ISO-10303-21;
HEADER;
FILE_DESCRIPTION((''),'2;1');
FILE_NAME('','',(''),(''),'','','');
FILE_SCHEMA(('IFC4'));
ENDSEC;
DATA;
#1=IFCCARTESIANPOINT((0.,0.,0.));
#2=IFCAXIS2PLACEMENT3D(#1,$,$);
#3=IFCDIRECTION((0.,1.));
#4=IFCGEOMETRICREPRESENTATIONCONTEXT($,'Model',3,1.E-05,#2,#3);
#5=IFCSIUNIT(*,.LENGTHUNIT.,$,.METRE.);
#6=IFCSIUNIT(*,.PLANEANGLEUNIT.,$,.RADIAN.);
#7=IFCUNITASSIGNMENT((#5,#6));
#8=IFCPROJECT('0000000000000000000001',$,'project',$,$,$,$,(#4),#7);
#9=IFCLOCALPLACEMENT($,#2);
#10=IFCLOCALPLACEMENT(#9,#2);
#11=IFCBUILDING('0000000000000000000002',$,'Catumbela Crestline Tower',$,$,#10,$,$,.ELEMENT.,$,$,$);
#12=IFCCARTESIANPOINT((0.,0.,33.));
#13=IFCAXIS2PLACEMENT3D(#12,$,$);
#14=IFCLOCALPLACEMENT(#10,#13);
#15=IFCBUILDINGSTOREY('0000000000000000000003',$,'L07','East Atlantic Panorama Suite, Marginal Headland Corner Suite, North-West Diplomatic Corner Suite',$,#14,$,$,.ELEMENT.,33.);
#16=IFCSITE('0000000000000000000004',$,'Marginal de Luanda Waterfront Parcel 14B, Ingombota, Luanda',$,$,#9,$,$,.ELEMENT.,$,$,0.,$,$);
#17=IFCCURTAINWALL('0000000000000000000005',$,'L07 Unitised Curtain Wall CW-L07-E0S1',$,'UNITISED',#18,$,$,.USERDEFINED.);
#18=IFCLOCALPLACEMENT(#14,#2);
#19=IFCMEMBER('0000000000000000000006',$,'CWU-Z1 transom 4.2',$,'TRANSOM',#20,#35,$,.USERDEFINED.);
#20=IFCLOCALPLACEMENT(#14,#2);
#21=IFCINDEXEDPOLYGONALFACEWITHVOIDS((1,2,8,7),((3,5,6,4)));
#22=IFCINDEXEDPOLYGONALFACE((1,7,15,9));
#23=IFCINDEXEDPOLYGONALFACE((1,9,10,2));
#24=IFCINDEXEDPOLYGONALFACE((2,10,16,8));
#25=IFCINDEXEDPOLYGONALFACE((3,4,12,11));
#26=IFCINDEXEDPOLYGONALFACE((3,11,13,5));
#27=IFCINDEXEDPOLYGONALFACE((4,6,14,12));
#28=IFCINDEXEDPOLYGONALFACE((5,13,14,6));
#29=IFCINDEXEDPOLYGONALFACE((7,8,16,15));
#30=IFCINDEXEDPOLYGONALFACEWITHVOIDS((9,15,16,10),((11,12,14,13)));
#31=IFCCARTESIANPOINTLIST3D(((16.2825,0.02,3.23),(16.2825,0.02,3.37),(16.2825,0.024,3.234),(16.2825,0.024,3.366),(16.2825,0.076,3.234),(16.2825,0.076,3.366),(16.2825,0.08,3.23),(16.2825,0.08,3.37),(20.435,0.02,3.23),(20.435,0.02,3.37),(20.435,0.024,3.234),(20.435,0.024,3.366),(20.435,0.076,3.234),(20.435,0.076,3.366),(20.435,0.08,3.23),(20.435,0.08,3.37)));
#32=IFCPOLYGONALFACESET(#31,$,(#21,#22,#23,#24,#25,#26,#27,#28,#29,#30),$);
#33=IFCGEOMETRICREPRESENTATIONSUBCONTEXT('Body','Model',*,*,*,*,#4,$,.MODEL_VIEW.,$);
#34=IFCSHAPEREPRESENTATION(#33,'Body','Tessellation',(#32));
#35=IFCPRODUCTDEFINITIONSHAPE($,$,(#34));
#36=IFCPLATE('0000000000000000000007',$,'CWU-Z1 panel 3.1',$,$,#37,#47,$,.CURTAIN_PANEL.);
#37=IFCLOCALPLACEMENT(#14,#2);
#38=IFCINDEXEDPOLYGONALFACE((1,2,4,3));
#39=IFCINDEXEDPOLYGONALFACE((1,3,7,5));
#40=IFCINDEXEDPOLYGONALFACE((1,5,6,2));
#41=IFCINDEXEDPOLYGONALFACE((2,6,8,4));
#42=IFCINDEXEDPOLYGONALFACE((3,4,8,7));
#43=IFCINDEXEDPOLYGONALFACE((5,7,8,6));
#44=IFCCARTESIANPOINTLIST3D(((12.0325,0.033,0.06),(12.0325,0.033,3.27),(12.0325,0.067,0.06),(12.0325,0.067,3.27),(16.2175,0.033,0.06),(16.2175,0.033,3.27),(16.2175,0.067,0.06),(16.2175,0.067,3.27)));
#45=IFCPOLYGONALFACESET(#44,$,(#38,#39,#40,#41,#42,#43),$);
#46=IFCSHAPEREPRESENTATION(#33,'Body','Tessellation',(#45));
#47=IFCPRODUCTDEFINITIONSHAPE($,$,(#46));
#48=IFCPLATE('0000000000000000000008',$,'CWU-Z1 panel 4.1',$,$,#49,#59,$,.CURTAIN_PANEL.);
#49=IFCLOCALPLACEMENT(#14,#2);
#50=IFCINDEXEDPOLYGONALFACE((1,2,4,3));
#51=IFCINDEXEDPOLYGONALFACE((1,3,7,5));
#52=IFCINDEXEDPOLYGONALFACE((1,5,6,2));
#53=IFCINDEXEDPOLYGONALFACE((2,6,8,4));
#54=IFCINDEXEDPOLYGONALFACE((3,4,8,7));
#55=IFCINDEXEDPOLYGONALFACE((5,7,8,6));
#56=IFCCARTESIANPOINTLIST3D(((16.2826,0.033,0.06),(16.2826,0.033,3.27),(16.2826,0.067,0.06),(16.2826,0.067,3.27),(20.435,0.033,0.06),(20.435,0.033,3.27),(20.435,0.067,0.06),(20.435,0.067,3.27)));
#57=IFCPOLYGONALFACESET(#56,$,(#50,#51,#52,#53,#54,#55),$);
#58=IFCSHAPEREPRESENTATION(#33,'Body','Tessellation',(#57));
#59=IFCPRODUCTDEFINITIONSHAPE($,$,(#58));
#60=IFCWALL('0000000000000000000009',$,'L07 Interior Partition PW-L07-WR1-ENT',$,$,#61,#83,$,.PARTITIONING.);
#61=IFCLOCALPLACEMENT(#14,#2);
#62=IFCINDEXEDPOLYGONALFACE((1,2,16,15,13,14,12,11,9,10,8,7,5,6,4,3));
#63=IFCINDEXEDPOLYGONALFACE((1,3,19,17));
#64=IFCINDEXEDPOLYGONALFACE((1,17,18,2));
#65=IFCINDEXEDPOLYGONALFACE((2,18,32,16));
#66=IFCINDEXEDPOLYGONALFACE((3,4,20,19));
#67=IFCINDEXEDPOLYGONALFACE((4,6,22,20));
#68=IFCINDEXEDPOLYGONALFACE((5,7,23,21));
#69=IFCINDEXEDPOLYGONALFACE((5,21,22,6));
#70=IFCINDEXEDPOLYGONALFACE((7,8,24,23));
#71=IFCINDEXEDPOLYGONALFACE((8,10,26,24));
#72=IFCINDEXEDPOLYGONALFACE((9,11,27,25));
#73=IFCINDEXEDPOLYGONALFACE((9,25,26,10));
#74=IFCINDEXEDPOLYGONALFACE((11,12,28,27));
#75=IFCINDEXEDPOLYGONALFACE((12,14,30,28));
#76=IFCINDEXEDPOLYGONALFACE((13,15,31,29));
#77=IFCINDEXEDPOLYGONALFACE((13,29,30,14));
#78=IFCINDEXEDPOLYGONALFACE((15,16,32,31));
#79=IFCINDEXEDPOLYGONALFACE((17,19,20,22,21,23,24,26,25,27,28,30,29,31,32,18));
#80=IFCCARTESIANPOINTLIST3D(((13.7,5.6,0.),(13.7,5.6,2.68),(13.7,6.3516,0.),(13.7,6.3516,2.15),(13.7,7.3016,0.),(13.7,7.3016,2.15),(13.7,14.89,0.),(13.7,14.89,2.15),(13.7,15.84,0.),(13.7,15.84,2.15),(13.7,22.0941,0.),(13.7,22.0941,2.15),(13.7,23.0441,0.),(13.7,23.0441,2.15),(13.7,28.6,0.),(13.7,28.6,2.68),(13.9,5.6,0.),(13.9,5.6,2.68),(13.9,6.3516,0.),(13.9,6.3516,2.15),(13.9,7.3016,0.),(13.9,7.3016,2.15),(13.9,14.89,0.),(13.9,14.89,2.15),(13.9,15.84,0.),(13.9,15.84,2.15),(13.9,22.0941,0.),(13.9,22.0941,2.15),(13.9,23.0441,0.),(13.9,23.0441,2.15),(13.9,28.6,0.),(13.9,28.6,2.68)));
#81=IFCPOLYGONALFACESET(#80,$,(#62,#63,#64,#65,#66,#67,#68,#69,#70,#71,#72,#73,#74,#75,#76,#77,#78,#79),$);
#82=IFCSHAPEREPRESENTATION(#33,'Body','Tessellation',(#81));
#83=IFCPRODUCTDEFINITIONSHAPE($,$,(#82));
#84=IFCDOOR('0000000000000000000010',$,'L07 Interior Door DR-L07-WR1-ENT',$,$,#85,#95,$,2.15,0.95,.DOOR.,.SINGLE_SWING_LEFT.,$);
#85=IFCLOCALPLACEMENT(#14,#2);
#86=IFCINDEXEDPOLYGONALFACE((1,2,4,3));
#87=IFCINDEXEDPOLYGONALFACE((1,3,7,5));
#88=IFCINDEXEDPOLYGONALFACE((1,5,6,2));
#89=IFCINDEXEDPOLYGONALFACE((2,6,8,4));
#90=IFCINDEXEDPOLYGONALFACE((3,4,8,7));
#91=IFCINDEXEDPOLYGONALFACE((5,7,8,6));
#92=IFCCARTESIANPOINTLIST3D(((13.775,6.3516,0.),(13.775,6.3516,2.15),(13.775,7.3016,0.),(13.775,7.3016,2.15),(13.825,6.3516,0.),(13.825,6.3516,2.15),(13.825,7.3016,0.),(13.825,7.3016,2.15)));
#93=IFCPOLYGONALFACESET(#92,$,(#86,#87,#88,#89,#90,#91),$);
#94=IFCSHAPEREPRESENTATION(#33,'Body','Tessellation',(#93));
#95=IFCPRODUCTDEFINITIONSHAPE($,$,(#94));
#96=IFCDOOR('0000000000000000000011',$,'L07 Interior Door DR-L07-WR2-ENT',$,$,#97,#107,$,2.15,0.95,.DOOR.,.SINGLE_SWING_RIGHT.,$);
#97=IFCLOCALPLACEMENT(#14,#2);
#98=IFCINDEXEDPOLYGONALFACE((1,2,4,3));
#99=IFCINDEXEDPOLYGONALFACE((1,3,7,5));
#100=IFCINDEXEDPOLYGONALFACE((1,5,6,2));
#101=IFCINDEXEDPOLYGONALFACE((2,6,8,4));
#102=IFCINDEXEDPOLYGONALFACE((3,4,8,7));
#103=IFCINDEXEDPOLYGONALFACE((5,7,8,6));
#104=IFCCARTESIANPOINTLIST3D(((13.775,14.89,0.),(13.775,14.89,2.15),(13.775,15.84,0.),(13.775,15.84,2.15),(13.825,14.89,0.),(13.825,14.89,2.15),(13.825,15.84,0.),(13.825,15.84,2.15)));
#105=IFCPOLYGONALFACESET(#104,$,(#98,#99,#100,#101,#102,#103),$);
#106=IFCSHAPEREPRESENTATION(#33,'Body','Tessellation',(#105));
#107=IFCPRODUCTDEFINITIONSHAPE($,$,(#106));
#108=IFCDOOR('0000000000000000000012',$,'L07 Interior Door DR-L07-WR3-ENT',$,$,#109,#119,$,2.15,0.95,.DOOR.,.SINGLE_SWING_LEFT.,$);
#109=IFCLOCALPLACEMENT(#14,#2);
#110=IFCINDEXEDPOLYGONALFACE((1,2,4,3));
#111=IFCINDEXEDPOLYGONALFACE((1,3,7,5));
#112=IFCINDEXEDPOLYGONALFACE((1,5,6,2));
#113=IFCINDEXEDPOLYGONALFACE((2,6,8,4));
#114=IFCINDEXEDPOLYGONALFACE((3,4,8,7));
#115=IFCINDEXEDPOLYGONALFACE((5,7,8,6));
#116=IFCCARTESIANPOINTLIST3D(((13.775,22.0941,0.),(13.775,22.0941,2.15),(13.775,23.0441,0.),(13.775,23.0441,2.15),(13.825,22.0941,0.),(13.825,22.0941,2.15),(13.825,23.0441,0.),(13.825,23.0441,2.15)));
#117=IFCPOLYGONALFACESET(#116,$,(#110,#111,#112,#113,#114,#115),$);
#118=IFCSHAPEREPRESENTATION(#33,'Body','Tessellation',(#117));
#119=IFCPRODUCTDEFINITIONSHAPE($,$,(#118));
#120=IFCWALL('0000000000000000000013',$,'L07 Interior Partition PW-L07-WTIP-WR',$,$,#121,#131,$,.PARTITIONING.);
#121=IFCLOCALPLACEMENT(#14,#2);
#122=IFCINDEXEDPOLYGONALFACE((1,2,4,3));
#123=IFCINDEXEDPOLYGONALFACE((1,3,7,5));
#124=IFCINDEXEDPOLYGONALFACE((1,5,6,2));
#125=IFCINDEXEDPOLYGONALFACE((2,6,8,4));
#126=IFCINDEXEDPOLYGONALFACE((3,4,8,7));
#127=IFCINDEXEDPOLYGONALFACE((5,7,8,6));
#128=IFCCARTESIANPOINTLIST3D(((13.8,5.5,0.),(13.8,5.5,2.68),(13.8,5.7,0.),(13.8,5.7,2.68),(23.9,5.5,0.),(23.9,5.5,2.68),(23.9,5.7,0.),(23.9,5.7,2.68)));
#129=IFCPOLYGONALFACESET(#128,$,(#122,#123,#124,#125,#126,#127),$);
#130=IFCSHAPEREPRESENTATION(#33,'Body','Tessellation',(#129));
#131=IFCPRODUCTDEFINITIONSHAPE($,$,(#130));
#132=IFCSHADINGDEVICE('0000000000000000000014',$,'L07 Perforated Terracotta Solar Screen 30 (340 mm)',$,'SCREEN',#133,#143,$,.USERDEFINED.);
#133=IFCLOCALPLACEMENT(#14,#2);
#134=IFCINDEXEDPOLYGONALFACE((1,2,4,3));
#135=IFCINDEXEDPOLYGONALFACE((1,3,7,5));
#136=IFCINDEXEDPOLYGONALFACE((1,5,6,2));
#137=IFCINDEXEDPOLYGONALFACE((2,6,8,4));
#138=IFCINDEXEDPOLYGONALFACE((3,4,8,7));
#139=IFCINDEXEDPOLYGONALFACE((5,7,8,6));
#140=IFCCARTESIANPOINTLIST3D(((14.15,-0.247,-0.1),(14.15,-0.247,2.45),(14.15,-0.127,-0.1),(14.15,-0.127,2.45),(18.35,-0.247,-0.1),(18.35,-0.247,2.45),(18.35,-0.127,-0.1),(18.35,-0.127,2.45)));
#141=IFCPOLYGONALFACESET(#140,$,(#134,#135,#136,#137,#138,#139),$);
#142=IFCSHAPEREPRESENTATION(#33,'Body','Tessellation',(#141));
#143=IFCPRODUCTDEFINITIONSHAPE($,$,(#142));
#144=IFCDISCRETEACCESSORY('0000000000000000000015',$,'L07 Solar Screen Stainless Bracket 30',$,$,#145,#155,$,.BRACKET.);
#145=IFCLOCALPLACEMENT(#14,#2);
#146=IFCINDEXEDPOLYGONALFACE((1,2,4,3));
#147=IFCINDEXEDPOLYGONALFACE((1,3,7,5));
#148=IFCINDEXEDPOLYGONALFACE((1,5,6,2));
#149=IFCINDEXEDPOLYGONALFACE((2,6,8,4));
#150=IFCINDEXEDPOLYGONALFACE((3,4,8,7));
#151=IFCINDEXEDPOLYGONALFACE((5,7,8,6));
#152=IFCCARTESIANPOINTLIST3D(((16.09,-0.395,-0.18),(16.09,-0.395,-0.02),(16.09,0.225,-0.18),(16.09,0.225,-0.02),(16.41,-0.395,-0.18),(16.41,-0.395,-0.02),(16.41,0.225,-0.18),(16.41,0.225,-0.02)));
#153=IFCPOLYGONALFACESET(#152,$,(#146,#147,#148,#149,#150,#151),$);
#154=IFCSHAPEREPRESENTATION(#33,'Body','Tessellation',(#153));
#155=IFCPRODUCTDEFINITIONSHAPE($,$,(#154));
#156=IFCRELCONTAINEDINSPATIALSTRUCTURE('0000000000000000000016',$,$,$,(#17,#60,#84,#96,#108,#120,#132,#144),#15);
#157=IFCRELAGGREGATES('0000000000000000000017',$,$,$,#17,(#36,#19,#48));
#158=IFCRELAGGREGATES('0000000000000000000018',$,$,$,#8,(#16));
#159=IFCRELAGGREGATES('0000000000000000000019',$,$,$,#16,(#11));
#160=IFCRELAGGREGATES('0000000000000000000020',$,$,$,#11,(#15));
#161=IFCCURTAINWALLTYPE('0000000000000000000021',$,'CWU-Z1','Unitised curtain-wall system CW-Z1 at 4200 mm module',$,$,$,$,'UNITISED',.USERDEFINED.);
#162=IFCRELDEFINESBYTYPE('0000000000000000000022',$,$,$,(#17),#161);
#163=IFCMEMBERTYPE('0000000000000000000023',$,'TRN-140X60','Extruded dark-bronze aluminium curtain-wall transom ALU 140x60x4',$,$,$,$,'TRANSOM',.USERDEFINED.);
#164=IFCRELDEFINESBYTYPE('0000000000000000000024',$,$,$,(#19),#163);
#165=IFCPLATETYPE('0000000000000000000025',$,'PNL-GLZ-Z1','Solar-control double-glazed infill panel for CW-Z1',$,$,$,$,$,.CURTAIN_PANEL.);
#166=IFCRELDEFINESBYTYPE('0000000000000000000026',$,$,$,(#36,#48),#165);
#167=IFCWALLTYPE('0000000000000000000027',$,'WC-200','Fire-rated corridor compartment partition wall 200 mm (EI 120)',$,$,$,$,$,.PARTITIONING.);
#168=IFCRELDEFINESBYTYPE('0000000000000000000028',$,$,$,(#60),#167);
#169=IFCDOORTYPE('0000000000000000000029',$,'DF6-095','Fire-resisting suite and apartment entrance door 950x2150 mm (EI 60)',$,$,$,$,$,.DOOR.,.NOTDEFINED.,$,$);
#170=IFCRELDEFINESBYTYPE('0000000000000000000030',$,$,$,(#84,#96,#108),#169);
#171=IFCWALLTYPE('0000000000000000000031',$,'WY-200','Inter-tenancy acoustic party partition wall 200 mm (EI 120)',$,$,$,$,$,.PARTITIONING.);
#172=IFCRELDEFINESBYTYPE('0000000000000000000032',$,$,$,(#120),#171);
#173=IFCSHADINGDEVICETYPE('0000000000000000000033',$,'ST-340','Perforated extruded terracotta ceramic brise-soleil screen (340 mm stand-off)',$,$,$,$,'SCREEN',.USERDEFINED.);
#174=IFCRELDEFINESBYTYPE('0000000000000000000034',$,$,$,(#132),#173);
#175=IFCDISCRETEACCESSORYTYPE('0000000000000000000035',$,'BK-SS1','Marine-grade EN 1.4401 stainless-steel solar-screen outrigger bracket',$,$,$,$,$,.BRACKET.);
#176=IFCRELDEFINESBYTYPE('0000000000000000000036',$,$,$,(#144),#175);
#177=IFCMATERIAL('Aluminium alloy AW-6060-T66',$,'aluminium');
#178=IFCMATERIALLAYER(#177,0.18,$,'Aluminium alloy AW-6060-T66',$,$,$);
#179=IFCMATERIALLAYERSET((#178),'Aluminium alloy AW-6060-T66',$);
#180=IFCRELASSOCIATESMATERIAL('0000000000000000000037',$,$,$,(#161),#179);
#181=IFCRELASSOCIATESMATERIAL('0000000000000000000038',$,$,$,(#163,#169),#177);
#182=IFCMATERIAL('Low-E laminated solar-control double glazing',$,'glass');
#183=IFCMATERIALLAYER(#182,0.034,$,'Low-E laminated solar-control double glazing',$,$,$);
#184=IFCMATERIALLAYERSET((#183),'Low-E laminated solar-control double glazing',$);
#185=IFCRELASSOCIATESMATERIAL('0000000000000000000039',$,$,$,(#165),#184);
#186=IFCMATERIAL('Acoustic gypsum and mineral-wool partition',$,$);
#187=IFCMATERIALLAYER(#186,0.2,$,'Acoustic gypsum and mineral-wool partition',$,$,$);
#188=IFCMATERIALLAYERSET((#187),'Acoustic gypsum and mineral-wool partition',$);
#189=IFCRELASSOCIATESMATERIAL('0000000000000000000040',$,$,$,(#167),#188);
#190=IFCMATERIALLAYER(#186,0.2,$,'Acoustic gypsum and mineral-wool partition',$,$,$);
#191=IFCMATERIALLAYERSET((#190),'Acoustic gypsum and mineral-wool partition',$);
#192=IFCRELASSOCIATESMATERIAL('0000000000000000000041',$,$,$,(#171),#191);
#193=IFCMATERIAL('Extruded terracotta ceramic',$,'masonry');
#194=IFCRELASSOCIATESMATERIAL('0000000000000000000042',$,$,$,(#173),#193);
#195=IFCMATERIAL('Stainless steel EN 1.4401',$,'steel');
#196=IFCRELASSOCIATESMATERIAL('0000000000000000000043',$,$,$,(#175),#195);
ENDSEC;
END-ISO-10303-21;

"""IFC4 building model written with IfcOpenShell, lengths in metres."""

from ifc_helpers import new_model, si_unit, direction, frame, frame_2d, origin, origin_2d, place, context, subcontext, project, spatial, rectangle, hollow_rectangle, extrude, material, layer, layer_set, material_profile, profile_set, type_object, element, fill, aggregate, save


model = new_model("IFC4")

# Units and contexts
model_context = context("Model", 3, precision=1e-05, world=origin(), true_north=direction((0.0, 1.0)))
body_context = subcontext(model_context, "Body", "Model", "MODEL_VIEW")
ifc_project = project(units=[si_unit("LENGTHUNIT", "METRE"), si_unit("PLANEANGLEUNIT", "RADIAN")], contexts=[model_context])

# Site, building, storey
site_placement = place(None, origin())
site = spatial("IfcSite", under=ifc_project, at=site_placement, Name="Marginal de Luanda Waterfront Parcel 14B, Ingombota, Luanda", CompositionType="ELEMENT", RefElevation=0.0)
building_placement = place(site_placement, origin())
building = spatial("IfcBuilding", under=site, at=building_placement, Name="Catumbela Crestline Tower", CompositionType="ELEMENT")
storey_placement = place(building_placement, frame((0.0, 0.0, 33.0)))
storey = spatial("IfcBuildingStorey", under=building, at=storey_placement, Name="L07", Description="East Atlantic Panorama Suite, Marginal Headland Corner Suite, North-West Diplomatic Corner Suite", CompositionType="ELEMENT", Elevation=33.0)

# Curtain wall, member, plates
ifc_material_1 = material(Name="Aluminium alloy AW-6060-T66", Category="aluminium")
ifc_layer_1 = layer(ifc_material_1, 0.18, Name="Aluminium alloy AW-6060-T66")
ifc_layer_set_1 = layer_set([ifc_layer_1], Name="Aluminium alloy AW-6060-T66")
curtain_wall_type = type_object("IfcCurtainWallType", Name="CWU-Z1", Description="Unitised curtain-wall system CW-Z1 at 4200 mm module", ElementType="UNITISED", PredefinedType="USERDEFINED", material=ifc_layer_set_1)
curtain_wall_placement = place(storey_placement, origin())
curtain_wall = element("IfcCurtainWall", 1, at=curtain_wall_placement, inside=storey, type_object=curtain_wall_type, Name="L07 Unitised Curtain Wall CW-L07-E0S1", ObjectType="UNITISED", PredefinedType="USERDEFINED")
ifc_material_profile_1 = material_profile(ifc_material_1, hollow_rectangle(XDim=0.06, YDim=0.14, WallThickness=0.004, at=origin_2d()), Name="ALU 140x60x4")
ifc_profile_set_1 = profile_set([ifc_material_profile_1], Name="Aluminium alloy AW-6060-T66")
member_type_1 = type_object("IfcMemberType", Name="TRN-140X60", Description="Extruded dark-bronze aluminium curtain-wall transom ALU 140x60x4", ElementType="TRANSOM", PredefinedType="USERDEFINED", material=ifc_profile_set_1)
member_1_placement = place(storey_placement, frame((16.2825, 0.05, 3.3), z_axis=(1.0, 0.0, 0.0), x_axis=(0.0, 1.0, 0.0)))
member_1 = element("IfcMember", 2, at=member_1_placement, type_object=member_type_1, Name="CWU-Z1 transom 4.2", ObjectType="TRANSOM", PredefinedType="USERDEFINED", context=body_context, shape_type="SweptSolid", body=[
    extrude(hollow_rectangle(XDim=0.06, YDim=0.14, WallThickness=0.004, at=origin_2d()), origin(), (0.0, 0.0, 1.0), 4.1525),
])
ifc_material_2 = material(Name="Low-E laminated solar-control double glazing", Category="glass")
ifc_layer_2 = layer(ifc_material_2, 0.034, Name="Low-E laminated solar-control double glazing")
ifc_layer_set_2 = layer_set([ifc_layer_2], Name="Low-E laminated solar-control double glazing")
plate_type = type_object("IfcPlateType", Name="PNL-GLZ-Z1", Description="Solar-control double-glazed infill panel for CW-Z1", PredefinedType="CURTAIN_PANEL", material=ifc_layer_set_2)
plate_1_placement = place(storey_placement, frame((14.125, 0.05, 0.06), z_axis=(0.0, 0.0, 1.0), x_axis=(1.0, 0.0, 0.0)))
plate_1 = element("IfcPlate", 3, at=plate_1_placement, type_object=plate_type, Name="CWU-Z1 panel 3.1", PredefinedType="CURTAIN_PANEL", context=body_context, shape_type="SweptSolid", body=[
    extrude(rectangle(XDim=4.185, YDim=0.034, at=origin_2d()), origin(), (0.0, 0.0, 1.0), 3.21),
])
plate_2_placement = place(storey_placement, frame((18.3588, 0.05, 0.06), z_axis=(0.0, 0.0, 1.0), x_axis=(1.0, 0.0, 0.0)))
plate_2 = element("IfcPlate", 4, at=plate_2_placement, type_object=plate_type, Name="CWU-Z1 panel 4.1", PredefinedType="CURTAIN_PANEL", context=body_context, shape_type="SweptSolid", body=[
    extrude(rectangle(XDim=4.1525, YDim=0.034, at=origin_2d()), origin(), (0.0, 0.0, 1.0), 3.21),
])
aggregate(curtain_wall, [plate_1, member_1, plate_2])

# Wall, openings, doors
ifc_material_3 = material(Name="Acoustic gypsum and mineral-wool partition")
ifc_layer_3 = layer(ifc_material_3, 0.2, Name="Acoustic gypsum and mineral-wool partition")
ifc_layer_set_3 = layer_set([ifc_layer_3], Name="Acoustic gypsum and mineral-wool partition")
wall_type_1 = type_object("IfcWallType", Name="WC-200", Description="Fire-rated corridor compartment partition wall 200 mm (EI 120)", PredefinedType="PARTITIONING", material=ifc_layer_set_3)
wall_1_placement = place(storey_placement, frame((13.8, 5.6, 0.0), z_axis=(0.0, 0.0, 1.0), x_axis=(0.0, 1.0, 0.0)))
wall_1 = element("IfcWall", 5, at=wall_1_placement, inside=storey, type_object=wall_type_1, Name="L07 Interior Partition PW-L07-WR1-ENT", PredefinedType="PARTITIONING", context=body_context, shape_type="SweptSolid", body=[
    extrude(rectangle(XDim=23.0, YDim=0.2, at=frame_2d((11.5, 0.0))), origin(), (0.0, 0.0, 1.0), 2.68),
])
opening_1_placement = place(wall_1_placement, frame((0.7516, 0.0, 0.0)))
opening_1 = element("IfcOpeningElement", 6, at=opening_1_placement, cuts=wall_1, PredefinedType="OPENING", context=body_context, shape_type="SweptSolid", body=[
    extrude(rectangle(XDim=0.95, YDim=2.15, at=frame_2d((0.475, 1.075))), frame((0.0, 0.11, 0.0), z_axis=(0.0, -1.0, 0.0), x_axis=(1.0, 0.0, 0.0)), (0.0, 0.0, 1.0), 0.22),
])
opening_2_placement = place(wall_1_placement, frame((9.29, 0.0, 0.0)))
opening_2 = element("IfcOpeningElement", 7, at=opening_2_placement, cuts=wall_1, PredefinedType="OPENING", context=body_context, shape_type="SweptSolid", body=[
    extrude(rectangle(XDim=0.95, YDim=2.15, at=frame_2d((0.475, 1.075))), frame((0.0, 0.11, 0.0), z_axis=(0.0, -1.0, 0.0), x_axis=(1.0, 0.0, 0.0)), (0.0, 0.0, 1.0), 0.22),
])
opening_3_placement = place(wall_1_placement, frame((16.4941, 0.0, 0.0)))
opening_3 = element("IfcOpeningElement", 8, at=opening_3_placement, cuts=wall_1, PredefinedType="OPENING", context=body_context, shape_type="SweptSolid", body=[
    extrude(rectangle(XDim=0.95, YDim=2.15, at=frame_2d((0.475, 1.075))), frame((0.0, 0.11, 0.0), z_axis=(0.0, -1.0, 0.0), x_axis=(1.0, 0.0, 0.0)), (0.0, 0.0, 1.0), 0.22),
])
door_type = type_object("IfcDoorType", Name="DF6-095", Description="Fire-resisting suite and apartment entrance door 950x2150 mm (EI 60)", OperationType="NOTDEFINED", PredefinedType="DOOR", material=ifc_material_1)
door_1_placement = place(opening_1_placement, origin())
door_1 = element("IfcDoor", 9, at=door_1_placement, inside=storey, type_object=door_type, Name="L07 Interior Door DR-L07-WR1-ENT", OperationType="SINGLE_SWING_LEFT", OverallHeight=2.15, OverallWidth=0.95, PredefinedType="DOOR", context=body_context, shape_type="SweptSolid", body=[
    extrude(rectangle(XDim=0.95, YDim=2.15, at=frame_2d((0.475, 1.075))), frame((0.0, 0.025, 0.0), z_axis=(0.0, -1.0, 0.0), x_axis=(1.0, 0.0, 0.0)), (0.0, 0.0, 1.0), 0.05),
])
fill(opening_1, door_1)
door_2_placement = place(opening_2_placement, origin())
door_2 = element("IfcDoor", 10, at=door_2_placement, inside=storey, type_object=door_type, Name="L07 Interior Door DR-L07-WR2-ENT", OperationType="SINGLE_SWING_RIGHT", OverallHeight=2.15, OverallWidth=0.95, PredefinedType="DOOR", context=body_context, shape_type="SweptSolid", body=[
    extrude(rectangle(XDim=0.95, YDim=2.15, at=frame_2d((0.475, 1.075))), frame((0.0, 0.025, 0.0), z_axis=(0.0, -1.0, 0.0), x_axis=(1.0, 0.0, 0.0)), (0.0, 0.0, 1.0), 0.05),
])
fill(opening_2, door_2)
door_3_placement = place(opening_3_placement, origin())
door_3 = element("IfcDoor", 11, at=door_3_placement, inside=storey, type_object=door_type, Name="L07 Interior Door DR-L07-WR3-ENT", OperationType="SINGLE_SWING_LEFT", OverallHeight=2.15, OverallWidth=0.95, PredefinedType="DOOR", context=body_context, shape_type="SweptSolid", body=[
    extrude(rectangle(XDim=0.95, YDim=2.15, at=frame_2d((0.475, 1.075))), frame((0.0, 0.025, 0.0), z_axis=(0.0, -1.0, 0.0), x_axis=(1.0, 0.0, 0.0)), (0.0, 0.0, 1.0), 0.05),
])
fill(opening_3, door_3)

# Wall
ifc_layer_4 = layer(ifc_material_3, 0.2, Name="Acoustic gypsum and mineral-wool partition")
ifc_layer_set_4 = layer_set([ifc_layer_4], Name="Acoustic gypsum and mineral-wool partition")
wall_type_2 = type_object("IfcWallType", Name="WY-200", Description="Inter-tenancy acoustic party partition wall 200 mm (EI 120)", PredefinedType="PARTITIONING", material=ifc_layer_set_4)
wall_2_placement = place(storey_placement, frame((13.8, 5.6, 0.0), z_axis=(0.0, 0.0, 1.0), x_axis=(1.0, 0.0, 0.0)))
element("IfcWall", 12, at=wall_2_placement, inside=storey, type_object=wall_type_2, Name="L07 Interior Partition PW-L07-WTIP-WR", PredefinedType="PARTITIONING", context=body_context, shape_type="SweptSolid", body=[
    extrude(rectangle(XDim=10.1, YDim=0.2, at=frame_2d((5.05, 0.0))), origin(), (0.0, 0.0, 1.0), 2.68),
])

# Shading device
ifc_material_4 = material(Name="Extruded terracotta ceramic", Category="masonry")
shading_device_type = type_object("IfcShadingDeviceType", Name="ST-340", Description="Perforated extruded terracotta ceramic brise-soleil screen (340 mm stand-off)", ElementType="SCREEN", PredefinedType="USERDEFINED", material=ifc_material_4)
shading_device_placement = place(storey_placement, frame((16.25, -0.187, -0.1), z_axis=(0.0, 0.0, 1.0), x_axis=(1.0, 0.0, 0.0)))
element("IfcShadingDevice", 13, at=shading_device_placement, inside=storey, type_object=shading_device_type, Name="L07 Perforated Terracotta Solar Screen 30 (340 mm)", ObjectType="SCREEN", PredefinedType="USERDEFINED", context=body_context, shape_type="SweptSolid", body=[
    extrude(rectangle(XDim=4.2, YDim=0.12, at=origin_2d()), origin(), (0.0, 0.0, 1.0), 2.55),
])

# Discrete accessory
ifc_material_5 = material(Name="Stainless steel EN 1.4401", Category="steel")
discrete_accessory_type = type_object("IfcDiscreteAccessoryType", Name="BK-SS1", Description="Marine-grade EN 1.4401 stainless-steel solar-screen outrigger bracket", PredefinedType="BRACKET", material=ifc_material_5)
discrete_accessory_placement = place(storey_placement, frame((16.25, -0.085, -0.18), z_axis=(0.0, 0.0, 1.0), x_axis=(1.0, 0.0, 0.0)))
element("IfcDiscreteAccessory", 14, at=discrete_accessory_placement, inside=storey, type_object=discrete_accessory_type, Name="L07 Solar Screen Stainless Bracket 30", PredefinedType="BRACKET", context=body_context, shape_type="SweptSolid", body=[
    extrude(rectangle(XDim=0.32, YDim=0.62, at=origin_2d()), origin(), (0.0, 0.0, 1.0), 0.16),
])

save(model, "model.ifc")
